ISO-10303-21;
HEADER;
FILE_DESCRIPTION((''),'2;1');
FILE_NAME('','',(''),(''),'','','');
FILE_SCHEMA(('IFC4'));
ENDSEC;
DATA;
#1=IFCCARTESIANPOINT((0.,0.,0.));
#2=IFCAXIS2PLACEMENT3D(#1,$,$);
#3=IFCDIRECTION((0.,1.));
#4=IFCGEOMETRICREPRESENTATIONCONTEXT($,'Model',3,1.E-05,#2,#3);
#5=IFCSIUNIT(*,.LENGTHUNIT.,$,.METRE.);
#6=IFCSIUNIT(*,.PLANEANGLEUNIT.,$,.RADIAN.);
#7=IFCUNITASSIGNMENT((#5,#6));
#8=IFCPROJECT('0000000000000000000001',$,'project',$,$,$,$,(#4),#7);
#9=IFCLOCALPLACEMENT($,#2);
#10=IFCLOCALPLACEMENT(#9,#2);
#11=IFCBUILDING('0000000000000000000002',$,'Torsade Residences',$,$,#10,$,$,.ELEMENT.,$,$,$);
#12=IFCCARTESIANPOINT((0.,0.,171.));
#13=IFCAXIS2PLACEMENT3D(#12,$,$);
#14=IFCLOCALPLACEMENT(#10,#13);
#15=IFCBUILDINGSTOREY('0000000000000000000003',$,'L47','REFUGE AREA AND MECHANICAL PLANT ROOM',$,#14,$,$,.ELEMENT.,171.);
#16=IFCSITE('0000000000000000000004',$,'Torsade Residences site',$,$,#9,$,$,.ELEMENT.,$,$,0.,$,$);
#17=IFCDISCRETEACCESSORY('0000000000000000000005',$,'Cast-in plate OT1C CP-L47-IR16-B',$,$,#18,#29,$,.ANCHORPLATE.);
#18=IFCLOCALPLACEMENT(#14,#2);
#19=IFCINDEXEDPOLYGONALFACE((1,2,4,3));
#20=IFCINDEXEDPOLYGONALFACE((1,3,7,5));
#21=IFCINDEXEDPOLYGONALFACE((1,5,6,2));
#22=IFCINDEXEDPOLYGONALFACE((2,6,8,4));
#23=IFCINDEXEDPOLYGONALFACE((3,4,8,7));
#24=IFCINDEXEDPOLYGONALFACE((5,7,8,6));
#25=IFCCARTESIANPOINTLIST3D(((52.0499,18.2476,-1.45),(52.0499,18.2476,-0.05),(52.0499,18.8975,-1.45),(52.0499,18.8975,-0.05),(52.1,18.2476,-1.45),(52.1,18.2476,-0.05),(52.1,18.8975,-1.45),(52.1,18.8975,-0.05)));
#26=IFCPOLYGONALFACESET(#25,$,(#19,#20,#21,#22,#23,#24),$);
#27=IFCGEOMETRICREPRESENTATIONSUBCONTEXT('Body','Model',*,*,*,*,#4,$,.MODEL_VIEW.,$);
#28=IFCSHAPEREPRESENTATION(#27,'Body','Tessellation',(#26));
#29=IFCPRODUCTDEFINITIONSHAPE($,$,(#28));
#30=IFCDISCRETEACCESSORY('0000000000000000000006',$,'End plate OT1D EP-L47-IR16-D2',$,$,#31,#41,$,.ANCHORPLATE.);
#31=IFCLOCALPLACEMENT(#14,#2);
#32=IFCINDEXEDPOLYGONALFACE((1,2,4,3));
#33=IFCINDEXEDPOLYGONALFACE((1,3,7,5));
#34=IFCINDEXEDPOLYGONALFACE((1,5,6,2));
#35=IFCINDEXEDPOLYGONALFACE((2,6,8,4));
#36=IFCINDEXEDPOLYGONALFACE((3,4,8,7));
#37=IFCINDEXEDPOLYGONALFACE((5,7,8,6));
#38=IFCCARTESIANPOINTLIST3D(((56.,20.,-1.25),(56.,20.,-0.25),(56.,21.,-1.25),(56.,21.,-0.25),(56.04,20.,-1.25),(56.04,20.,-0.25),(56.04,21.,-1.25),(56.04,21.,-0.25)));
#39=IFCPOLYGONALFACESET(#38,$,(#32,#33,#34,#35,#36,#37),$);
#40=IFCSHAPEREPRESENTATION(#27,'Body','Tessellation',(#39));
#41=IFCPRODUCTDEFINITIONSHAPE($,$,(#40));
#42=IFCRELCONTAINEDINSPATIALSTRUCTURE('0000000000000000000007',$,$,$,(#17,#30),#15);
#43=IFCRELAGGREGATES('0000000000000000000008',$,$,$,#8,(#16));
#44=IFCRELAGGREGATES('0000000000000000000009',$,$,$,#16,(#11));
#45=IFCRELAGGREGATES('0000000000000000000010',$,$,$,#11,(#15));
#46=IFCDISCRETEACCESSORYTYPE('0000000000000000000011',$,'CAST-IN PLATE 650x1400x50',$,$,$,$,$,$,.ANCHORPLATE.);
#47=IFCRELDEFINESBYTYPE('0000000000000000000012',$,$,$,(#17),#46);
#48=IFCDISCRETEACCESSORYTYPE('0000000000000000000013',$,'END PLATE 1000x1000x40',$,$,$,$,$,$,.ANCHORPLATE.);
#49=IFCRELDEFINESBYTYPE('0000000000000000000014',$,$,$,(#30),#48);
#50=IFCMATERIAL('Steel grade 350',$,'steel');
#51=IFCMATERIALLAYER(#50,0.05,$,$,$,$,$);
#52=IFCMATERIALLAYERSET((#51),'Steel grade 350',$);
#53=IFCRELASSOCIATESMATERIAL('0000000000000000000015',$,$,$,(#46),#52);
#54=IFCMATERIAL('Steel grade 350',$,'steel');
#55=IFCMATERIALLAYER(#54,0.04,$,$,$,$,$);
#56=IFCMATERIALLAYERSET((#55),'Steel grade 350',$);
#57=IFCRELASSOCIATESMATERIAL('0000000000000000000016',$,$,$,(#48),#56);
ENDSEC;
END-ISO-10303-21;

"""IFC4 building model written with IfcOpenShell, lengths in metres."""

from ifc_helpers import new_model, si_unit, direction, frame, origin, origin_2d, place, context, subcontext, project, spatial, rectangle, extrude, material, layer, layer_set, type_object, element, save


model = new_model("IFC4")

# Units and contexts
model_context = context("Model", 3, precision=1e-05, world=origin(), true_north=direction((0.0, 1.0)))
body_context = subcontext(model_context, "Body", "Model", "MODEL_VIEW")
ifc_project = project(units=[si_unit("LENGTHUNIT", "METRE"), si_unit("PLANEANGLEUNIT", "RADIAN")], contexts=[model_context])

# Site, building, storey
site_placement = place(None, origin())
site = spatial("IfcSite", under=ifc_project, at=site_placement, Name="Torsade Residences site", CompositionType="ELEMENT", RefElevation=0.0)
building_placement = place(site_placement, origin())
building = spatial("IfcBuilding", under=site, at=building_placement, Name="Torsade Residences", CompositionType="ELEMENT")
storey_placement = place(building_placement, frame((0.0, 0.0, 171.0)))
storey = spatial("IfcBuildingStorey", under=building, at=storey_placement, Name="L47", Description="REFUGE AREA AND MECHANICAL PLANT ROOM", CompositionType="ELEMENT", Elevation=171.0)

# Discrete accessories
ifc_material_1 = material(Name="Steel grade 350", Category="steel")
ifc_layer_1 = layer(ifc_material_1, 0.05)
ifc_layer_set_1 = layer_set([ifc_layer_1], Name="Steel grade 350")
discrete_accessory_type_1 = type_object("IfcDiscreteAccessoryType", Name="CAST-IN PLATE 650x1400x50", PredefinedType="ANCHORPLATE", material=ifc_layer_set_1)
for number, where, z_axis, x_axis, name in (
    (1, (52.075, 18.5725, -1.45), (0.0, 0.0, 1.0), (1.0, 0.0, 0.0), "Cast-in plate OT1C CP-L47-IR16-B"),
):
    element("IfcDiscreteAccessory", number, at=place(storey_placement, frame(where, z_axis=z_axis, x_axis=x_axis)), inside=storey, type_object=discrete_accessory_type_1, Name=name, PredefinedType="ANCHORPLATE", context=body_context, shape_type="SweptSolid", body=[
        extrude(rectangle(XDim=0.05, YDim=0.6499, at=origin_2d()), origin(), (0.0, 0.0, 1.0), 1.3999),
    ])
ifc_material_2 = material(Name="Steel grade 350", Category="steel")
ifc_layer_2 = layer(ifc_material_2, 0.04)
ifc_layer_set_2 = layer_set([ifc_layer_2], Name="Steel grade 350")
discrete_accessory_type_2 = type_object("IfcDiscreteAccessoryType", Name="END PLATE 1000x1000x40", PredefinedType="ANCHORPLATE", material=ifc_layer_set_2)
discrete_accessory_placement = place(storey_placement, frame((56.02, 20.5, -1.25), z_axis=(0.0, 0.0, 1.0), x_axis=(1.0, 0.0, 0.0)))
element("IfcDiscreteAccessory", 2, at=discrete_accessory_placement, inside=storey, type_object=discrete_accessory_type_2, Name="End plate OT1D EP-L47-IR16-D2", PredefinedType="ANCHORPLATE", context=body_context, shape_type="SweptSolid", body=[
    extrude(rectangle(XDim=0.04, YDim=1.0, at=origin_2d()), origin(), (0.0, 0.0, 1.0), 1.0),
])

save(model, "model.ifc")
